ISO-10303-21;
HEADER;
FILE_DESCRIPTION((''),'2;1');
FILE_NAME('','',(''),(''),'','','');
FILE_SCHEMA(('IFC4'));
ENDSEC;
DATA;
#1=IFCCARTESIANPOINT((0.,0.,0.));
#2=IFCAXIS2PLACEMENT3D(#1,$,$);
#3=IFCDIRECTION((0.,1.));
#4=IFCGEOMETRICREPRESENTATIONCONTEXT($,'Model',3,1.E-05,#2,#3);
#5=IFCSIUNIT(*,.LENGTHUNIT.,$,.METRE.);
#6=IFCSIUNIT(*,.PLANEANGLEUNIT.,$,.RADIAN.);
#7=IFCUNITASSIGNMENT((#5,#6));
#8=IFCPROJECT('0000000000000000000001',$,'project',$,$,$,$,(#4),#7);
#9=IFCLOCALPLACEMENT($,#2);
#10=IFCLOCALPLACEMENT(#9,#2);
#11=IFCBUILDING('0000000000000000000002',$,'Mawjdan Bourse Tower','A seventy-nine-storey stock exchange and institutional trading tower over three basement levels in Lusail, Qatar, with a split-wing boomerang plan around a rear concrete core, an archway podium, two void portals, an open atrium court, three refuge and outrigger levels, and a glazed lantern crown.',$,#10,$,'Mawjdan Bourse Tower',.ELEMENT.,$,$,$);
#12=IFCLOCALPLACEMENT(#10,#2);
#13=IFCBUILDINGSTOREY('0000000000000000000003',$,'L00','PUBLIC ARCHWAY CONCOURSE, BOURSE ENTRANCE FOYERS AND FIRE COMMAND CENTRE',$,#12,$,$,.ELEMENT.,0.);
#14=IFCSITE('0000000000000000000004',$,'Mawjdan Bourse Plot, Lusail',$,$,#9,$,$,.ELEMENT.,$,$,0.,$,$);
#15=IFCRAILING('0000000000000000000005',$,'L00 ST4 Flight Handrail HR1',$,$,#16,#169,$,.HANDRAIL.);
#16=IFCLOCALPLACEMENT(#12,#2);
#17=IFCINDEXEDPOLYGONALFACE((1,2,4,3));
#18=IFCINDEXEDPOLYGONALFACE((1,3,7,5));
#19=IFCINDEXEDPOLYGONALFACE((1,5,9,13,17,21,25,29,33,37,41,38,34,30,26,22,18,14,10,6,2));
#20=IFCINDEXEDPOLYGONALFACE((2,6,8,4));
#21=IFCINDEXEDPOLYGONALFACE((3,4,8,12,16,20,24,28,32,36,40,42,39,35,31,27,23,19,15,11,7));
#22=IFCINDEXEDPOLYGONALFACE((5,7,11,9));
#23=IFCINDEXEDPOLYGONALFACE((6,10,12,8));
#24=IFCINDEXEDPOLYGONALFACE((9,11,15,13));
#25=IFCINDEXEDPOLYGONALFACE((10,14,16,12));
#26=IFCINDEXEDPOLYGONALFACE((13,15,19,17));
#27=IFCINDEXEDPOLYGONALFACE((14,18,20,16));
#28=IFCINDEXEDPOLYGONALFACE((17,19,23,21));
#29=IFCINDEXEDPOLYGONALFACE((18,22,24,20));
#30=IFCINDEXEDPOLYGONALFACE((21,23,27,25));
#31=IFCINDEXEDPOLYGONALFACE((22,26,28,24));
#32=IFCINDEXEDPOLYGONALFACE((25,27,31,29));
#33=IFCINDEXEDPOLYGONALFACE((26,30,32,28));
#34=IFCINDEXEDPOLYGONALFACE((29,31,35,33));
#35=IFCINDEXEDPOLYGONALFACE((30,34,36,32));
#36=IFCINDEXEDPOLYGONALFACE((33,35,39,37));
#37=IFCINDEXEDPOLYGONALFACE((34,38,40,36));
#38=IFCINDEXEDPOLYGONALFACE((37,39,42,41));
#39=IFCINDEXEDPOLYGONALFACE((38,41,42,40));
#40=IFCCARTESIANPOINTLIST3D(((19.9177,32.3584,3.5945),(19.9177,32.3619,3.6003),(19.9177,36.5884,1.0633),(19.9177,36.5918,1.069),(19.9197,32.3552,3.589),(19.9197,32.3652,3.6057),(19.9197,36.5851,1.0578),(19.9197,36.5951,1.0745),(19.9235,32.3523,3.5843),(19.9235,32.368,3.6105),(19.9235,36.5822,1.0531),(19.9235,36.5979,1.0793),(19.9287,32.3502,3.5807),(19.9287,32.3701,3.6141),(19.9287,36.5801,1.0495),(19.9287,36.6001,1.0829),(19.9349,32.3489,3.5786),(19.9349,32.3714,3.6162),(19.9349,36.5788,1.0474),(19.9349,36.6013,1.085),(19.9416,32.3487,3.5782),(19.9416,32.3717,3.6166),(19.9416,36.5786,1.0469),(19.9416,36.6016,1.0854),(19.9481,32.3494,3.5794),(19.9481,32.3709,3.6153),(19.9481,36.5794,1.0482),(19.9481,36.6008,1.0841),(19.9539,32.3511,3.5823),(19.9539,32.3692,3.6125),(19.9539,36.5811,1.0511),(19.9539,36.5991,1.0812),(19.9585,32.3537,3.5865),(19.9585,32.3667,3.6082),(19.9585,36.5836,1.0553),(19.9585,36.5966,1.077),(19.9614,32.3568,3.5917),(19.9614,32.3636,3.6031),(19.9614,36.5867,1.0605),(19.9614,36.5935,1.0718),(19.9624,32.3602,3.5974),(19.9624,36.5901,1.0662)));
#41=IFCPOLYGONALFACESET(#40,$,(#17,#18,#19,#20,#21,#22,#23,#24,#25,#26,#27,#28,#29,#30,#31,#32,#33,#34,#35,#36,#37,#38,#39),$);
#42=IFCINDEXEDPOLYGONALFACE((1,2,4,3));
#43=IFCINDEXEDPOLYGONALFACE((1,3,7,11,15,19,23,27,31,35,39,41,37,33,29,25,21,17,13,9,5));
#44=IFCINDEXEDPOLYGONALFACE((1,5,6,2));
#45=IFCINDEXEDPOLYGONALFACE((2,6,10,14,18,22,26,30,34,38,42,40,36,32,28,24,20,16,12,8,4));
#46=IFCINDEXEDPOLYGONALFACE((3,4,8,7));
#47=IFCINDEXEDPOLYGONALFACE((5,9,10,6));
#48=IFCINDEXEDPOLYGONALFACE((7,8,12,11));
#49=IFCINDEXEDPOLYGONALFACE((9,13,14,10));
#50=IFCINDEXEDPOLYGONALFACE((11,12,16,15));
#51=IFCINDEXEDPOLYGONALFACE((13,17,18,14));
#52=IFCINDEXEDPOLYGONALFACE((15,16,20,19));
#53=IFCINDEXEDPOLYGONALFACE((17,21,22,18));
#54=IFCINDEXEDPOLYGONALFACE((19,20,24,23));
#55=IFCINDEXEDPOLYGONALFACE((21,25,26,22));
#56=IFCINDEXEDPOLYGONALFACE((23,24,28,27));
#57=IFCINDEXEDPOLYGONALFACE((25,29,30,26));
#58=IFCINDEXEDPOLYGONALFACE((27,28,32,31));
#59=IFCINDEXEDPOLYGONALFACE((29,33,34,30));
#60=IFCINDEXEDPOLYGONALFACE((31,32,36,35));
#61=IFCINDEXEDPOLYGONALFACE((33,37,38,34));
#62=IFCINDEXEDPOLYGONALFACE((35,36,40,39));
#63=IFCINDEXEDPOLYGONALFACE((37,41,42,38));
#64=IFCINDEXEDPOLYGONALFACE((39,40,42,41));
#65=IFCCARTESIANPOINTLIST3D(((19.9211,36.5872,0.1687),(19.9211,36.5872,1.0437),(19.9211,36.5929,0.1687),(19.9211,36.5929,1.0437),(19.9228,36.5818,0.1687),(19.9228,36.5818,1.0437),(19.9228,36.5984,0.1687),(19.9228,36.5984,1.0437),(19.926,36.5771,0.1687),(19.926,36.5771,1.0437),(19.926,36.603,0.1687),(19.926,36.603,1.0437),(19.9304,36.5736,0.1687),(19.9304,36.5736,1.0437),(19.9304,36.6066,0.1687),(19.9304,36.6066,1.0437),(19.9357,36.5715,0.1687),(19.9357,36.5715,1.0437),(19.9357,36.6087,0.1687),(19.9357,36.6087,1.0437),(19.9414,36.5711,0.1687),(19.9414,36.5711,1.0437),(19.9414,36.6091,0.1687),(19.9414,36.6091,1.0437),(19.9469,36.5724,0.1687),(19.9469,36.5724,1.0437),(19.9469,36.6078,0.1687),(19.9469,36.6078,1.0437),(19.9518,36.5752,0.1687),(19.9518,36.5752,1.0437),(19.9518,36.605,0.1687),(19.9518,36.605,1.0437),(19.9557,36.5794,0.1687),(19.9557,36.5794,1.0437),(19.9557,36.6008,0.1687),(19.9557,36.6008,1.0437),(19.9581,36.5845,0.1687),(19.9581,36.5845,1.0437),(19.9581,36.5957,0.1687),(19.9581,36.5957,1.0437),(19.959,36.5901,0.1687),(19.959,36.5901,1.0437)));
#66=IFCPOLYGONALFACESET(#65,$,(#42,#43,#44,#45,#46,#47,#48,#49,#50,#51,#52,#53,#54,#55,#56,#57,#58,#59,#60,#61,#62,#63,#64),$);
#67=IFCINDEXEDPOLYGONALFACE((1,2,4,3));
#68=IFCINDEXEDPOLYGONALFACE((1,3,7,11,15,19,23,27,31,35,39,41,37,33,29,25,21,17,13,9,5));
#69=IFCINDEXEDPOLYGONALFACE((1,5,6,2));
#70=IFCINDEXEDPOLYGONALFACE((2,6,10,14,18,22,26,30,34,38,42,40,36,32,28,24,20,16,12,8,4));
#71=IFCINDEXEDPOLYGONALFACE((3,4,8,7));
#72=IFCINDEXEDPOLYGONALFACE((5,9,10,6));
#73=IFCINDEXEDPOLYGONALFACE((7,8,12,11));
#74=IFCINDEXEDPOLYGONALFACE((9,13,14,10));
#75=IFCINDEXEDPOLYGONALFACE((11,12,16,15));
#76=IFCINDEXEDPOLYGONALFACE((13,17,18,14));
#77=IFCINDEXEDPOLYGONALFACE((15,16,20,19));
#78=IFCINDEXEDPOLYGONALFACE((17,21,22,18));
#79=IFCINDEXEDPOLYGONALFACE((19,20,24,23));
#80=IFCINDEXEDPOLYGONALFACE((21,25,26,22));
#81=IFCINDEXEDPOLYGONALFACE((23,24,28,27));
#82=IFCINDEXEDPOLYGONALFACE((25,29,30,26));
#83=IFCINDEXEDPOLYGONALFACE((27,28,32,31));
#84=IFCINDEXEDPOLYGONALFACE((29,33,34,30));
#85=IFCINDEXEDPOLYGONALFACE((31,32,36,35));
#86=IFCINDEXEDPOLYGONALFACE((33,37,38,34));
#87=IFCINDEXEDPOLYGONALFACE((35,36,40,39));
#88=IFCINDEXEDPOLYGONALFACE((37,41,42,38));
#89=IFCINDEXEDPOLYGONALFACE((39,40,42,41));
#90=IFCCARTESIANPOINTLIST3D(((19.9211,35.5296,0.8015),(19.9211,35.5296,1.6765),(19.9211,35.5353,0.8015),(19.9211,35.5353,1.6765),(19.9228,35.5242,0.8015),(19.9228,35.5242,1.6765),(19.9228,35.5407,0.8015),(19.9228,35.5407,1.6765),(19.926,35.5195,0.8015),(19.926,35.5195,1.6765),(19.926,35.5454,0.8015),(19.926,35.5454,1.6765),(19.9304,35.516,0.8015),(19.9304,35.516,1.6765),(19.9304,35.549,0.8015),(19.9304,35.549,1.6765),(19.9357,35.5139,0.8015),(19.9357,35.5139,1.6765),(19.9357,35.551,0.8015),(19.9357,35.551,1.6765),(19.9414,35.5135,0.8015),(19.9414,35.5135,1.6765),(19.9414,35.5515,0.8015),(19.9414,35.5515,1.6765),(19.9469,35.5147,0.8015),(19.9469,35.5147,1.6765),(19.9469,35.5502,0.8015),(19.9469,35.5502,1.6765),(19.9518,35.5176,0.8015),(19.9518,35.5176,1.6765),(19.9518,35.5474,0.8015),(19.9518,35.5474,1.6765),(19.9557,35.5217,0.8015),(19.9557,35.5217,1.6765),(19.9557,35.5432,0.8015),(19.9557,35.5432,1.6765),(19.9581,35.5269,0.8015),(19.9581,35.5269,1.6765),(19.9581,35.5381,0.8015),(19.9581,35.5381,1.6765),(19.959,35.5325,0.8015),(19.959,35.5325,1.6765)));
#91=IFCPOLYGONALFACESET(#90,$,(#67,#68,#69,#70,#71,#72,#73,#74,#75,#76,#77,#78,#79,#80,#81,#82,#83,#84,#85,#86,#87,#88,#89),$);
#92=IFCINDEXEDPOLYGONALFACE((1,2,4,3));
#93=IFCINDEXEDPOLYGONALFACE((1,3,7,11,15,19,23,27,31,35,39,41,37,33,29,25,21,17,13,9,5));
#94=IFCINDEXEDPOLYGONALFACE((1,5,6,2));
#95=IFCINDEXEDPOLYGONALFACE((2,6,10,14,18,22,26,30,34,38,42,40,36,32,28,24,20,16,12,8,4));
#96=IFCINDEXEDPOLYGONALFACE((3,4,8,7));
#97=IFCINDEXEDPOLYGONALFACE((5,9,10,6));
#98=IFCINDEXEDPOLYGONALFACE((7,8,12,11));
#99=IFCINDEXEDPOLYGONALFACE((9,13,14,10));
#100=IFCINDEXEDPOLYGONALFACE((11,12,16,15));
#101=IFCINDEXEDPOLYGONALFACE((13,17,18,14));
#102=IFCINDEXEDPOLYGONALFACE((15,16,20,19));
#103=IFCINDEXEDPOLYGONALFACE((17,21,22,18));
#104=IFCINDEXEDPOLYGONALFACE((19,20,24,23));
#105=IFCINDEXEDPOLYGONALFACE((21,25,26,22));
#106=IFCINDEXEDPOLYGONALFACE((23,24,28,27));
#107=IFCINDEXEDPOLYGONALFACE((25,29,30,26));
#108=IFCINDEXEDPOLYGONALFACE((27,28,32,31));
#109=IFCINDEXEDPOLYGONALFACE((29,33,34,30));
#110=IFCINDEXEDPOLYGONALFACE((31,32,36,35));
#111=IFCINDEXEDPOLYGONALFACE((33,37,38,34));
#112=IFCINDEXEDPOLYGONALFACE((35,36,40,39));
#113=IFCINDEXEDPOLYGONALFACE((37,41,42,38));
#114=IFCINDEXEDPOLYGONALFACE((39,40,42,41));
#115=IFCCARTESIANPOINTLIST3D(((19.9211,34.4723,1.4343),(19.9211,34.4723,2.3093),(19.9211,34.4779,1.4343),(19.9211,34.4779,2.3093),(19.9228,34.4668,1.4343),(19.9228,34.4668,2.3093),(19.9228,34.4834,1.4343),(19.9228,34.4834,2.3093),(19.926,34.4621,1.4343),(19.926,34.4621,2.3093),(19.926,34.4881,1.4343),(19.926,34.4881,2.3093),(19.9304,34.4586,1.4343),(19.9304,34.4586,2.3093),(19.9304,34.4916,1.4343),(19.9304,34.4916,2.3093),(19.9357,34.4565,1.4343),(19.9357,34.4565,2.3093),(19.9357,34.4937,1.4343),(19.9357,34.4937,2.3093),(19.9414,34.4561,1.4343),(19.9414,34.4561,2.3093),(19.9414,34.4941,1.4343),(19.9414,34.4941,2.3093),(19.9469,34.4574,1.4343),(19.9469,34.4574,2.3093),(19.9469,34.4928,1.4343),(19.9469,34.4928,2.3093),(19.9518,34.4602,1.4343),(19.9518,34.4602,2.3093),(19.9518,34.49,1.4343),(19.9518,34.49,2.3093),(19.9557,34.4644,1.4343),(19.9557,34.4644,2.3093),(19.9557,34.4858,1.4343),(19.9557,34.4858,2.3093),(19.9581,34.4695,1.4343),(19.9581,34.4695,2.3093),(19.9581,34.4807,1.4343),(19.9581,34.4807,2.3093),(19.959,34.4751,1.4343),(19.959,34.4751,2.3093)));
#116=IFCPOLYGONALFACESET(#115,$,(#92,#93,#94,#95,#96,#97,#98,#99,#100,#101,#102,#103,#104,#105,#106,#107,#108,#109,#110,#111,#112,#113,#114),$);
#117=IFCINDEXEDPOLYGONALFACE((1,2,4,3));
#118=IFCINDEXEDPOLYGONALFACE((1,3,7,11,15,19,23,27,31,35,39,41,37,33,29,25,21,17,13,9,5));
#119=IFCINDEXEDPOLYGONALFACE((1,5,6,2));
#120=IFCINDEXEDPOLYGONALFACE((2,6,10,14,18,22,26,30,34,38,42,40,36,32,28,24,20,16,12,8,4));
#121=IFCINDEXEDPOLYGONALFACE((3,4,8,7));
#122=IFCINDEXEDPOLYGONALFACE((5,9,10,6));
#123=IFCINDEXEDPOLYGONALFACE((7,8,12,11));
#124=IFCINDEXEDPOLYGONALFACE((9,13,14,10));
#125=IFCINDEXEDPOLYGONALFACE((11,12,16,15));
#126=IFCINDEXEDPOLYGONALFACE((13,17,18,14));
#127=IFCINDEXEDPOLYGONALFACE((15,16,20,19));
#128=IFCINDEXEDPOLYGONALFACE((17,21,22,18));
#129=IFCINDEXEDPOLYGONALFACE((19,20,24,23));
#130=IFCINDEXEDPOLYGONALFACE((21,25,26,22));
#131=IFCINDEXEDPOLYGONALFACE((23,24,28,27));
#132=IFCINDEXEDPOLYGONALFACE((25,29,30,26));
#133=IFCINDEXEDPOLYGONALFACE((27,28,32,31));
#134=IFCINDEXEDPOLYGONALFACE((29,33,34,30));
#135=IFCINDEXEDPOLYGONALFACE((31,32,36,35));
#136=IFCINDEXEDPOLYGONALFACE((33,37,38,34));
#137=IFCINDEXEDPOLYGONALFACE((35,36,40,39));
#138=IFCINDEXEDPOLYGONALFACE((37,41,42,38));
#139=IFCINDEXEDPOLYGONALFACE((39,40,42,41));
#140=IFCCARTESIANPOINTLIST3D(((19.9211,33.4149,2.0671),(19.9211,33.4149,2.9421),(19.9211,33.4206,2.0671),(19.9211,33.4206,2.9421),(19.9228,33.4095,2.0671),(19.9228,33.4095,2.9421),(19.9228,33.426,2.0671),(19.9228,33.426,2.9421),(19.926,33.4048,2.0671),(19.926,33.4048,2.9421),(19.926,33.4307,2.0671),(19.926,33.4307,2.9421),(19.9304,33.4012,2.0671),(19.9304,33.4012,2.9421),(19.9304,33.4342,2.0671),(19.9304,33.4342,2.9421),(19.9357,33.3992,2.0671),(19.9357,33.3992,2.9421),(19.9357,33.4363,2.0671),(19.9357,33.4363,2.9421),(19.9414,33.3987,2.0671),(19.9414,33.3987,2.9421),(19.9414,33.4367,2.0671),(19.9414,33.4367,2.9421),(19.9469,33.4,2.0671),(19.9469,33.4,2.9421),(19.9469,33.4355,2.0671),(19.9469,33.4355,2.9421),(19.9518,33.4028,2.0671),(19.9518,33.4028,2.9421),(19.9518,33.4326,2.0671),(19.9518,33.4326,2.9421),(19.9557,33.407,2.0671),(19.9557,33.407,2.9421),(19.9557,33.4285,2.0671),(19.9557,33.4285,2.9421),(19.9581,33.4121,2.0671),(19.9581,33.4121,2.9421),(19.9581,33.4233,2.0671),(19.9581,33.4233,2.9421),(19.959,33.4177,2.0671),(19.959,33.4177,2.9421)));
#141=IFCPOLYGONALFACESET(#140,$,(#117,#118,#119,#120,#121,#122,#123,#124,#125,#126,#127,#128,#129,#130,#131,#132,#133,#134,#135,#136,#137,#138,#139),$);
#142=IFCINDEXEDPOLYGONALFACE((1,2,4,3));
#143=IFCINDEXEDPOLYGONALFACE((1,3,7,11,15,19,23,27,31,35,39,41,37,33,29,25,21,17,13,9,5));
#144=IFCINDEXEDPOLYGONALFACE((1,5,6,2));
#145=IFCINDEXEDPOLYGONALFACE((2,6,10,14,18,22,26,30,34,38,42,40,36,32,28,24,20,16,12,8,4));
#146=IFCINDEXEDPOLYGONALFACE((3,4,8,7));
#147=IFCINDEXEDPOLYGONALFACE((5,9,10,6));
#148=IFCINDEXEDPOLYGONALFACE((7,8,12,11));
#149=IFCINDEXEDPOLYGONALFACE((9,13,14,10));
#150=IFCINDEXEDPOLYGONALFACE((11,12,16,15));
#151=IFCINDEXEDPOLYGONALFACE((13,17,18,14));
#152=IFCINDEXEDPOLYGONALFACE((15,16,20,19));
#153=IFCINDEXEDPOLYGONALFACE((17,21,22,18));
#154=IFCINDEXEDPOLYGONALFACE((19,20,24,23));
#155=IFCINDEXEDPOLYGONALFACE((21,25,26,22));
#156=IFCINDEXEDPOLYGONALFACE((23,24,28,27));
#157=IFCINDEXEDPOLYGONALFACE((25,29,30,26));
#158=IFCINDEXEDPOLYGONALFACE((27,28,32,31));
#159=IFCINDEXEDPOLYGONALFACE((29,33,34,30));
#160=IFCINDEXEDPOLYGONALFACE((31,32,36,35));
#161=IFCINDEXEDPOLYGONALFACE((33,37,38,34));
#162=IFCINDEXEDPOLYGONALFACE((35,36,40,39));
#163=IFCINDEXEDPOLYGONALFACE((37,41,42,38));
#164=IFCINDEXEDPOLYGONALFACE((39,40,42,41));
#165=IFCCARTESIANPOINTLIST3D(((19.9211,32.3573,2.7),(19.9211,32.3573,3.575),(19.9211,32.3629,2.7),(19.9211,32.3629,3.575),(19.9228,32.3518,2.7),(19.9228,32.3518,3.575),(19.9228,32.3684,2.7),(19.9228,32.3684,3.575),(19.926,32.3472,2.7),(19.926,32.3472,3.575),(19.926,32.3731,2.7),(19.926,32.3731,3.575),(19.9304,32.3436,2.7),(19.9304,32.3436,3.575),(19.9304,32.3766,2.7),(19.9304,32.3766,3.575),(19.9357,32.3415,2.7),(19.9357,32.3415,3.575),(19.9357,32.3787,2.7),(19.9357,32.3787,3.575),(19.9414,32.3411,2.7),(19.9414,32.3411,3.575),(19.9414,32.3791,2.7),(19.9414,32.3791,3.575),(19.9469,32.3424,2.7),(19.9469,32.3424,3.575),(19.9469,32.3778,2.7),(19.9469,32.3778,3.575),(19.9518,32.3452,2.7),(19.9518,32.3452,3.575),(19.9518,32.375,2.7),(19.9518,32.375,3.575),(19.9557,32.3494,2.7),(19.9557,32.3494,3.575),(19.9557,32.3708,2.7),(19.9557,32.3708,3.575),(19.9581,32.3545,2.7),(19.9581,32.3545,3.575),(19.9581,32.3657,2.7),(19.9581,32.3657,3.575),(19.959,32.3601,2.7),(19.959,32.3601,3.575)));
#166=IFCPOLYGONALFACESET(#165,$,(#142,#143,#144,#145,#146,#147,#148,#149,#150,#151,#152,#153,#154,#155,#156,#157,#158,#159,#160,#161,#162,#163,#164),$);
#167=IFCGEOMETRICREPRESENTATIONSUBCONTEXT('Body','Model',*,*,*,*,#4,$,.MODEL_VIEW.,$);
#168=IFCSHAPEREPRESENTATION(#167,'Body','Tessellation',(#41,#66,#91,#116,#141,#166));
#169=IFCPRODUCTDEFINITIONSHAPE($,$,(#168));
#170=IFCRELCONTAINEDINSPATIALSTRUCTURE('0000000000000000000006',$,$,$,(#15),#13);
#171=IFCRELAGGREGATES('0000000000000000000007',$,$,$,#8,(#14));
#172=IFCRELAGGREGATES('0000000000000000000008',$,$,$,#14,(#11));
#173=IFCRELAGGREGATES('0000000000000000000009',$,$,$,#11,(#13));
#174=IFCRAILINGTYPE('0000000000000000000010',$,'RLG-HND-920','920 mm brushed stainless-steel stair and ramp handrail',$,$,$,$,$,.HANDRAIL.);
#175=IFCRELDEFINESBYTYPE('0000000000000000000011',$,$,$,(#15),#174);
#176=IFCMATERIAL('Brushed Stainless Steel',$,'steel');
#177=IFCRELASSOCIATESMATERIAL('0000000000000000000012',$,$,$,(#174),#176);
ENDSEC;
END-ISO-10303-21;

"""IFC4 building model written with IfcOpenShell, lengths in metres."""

from ifc_helpers import new_model, si_unit, direction, frame, origin, origin_2d, place, context, subcontext, project, spatial, circle, extrude, material, type_object, element, save


model = new_model("IFC4")

# Units and contexts
model_context = context("Model", 3, precision=1e-05, world=origin(), true_north=direction((0.0, 1.0)))
body_context = subcontext(model_context, "Body", "Model", "MODEL_VIEW")
ifc_project = project(units=[si_unit("LENGTHUNIT", "METRE"), si_unit("PLANEANGLEUNIT", "RADIAN")], contexts=[model_context])

# Site, building, storey
site_placement = place(None, origin())
site = spatial("IfcSite", under=ifc_project, at=site_placement, Name="Mawjdan Bourse Plot, Lusail", CompositionType="ELEMENT", RefElevation=0.0)
building_placement = place(site_placement, origin())
building = spatial("IfcBuilding", under=site, at=building_placement, Name="Mawjdan Bourse Tower", Description="A seventy-nine-storey stock exchange and institutional trading tower over three basement levels in Lusail, Qatar, with a split-wing boomerang plan around a rear concrete core, an archway podium, two void portals, an open atrium court, three refuge and outrigger levels, and a glazed lantern crown.", LongName="Mawjdan Bourse Tower", CompositionType="ELEMENT")
storey_placement = place(building_placement, origin())
storey = spatial("IfcBuildingStorey", under=building, at=storey_placement, Name="L00", Description="PUBLIC ARCHWAY CONCOURSE, BOURSE ENTRANCE FOYERS AND FIRE COMMAND CENTRE", CompositionType="ELEMENT", Elevation=0.0)

# Railing
ifc_material_1 = material(Name="Brushed Stainless Steel", Category="steel")
railing_type_1 = type_object("IfcRailingType", Name="RLG-HND-920", Description="920 mm brushed stainless-steel stair and ramp handrail", PredefinedType="HANDRAIL", material=ifc_material_1)
railing_1_placement = place(storey_placement, frame((19.9399, 36.5901, 0.1687)))
element("IfcRailing", 1, at=railing_1_placement, inside=storey, type_object=railing_type_1, Name="L00 ST4 Flight Handrail HR1", PredefinedType="HANDRAIL", context=body_context, shape_type="SweptSolid", body=[
    extrude(circle(Radius=0.0225, at=origin_2d()), frame((0.0, 0.0, 0.8975), z_axis=(0.0, -0.858095, 0.51349), x_axis=(1.0, 0.0, 0.0)), (0.0, 0.0, 1.0), 4.9294),
    extrude(circle(Radius=0.019, at=origin_2d()), origin(), (0.0, 0.0, 1.0), 0.875),
    extrude(circle(Radius=0.019, at=origin_2d()), frame((0.0, -1.0576, 0.6328)), (0.0, 0.0, 1.0), 0.875),
    extrude(circle(Radius=0.019, at=origin_2d()), frame((0.0, -2.115, 1.2656)), (0.0, 0.0, 1.0), 0.875),
    extrude(circle(Radius=0.019, at=origin_2d()), frame((0.0, -3.1724, 1.8984)), (0.0, 0.0, 1.0), 0.875),
    extrude(circle(Radius=0.019, at=origin_2d()), frame((0.0, -4.23, 2.5312)), (0.0, 0.0, 1.0), 0.875),
])

save(model, "model.ifc")
